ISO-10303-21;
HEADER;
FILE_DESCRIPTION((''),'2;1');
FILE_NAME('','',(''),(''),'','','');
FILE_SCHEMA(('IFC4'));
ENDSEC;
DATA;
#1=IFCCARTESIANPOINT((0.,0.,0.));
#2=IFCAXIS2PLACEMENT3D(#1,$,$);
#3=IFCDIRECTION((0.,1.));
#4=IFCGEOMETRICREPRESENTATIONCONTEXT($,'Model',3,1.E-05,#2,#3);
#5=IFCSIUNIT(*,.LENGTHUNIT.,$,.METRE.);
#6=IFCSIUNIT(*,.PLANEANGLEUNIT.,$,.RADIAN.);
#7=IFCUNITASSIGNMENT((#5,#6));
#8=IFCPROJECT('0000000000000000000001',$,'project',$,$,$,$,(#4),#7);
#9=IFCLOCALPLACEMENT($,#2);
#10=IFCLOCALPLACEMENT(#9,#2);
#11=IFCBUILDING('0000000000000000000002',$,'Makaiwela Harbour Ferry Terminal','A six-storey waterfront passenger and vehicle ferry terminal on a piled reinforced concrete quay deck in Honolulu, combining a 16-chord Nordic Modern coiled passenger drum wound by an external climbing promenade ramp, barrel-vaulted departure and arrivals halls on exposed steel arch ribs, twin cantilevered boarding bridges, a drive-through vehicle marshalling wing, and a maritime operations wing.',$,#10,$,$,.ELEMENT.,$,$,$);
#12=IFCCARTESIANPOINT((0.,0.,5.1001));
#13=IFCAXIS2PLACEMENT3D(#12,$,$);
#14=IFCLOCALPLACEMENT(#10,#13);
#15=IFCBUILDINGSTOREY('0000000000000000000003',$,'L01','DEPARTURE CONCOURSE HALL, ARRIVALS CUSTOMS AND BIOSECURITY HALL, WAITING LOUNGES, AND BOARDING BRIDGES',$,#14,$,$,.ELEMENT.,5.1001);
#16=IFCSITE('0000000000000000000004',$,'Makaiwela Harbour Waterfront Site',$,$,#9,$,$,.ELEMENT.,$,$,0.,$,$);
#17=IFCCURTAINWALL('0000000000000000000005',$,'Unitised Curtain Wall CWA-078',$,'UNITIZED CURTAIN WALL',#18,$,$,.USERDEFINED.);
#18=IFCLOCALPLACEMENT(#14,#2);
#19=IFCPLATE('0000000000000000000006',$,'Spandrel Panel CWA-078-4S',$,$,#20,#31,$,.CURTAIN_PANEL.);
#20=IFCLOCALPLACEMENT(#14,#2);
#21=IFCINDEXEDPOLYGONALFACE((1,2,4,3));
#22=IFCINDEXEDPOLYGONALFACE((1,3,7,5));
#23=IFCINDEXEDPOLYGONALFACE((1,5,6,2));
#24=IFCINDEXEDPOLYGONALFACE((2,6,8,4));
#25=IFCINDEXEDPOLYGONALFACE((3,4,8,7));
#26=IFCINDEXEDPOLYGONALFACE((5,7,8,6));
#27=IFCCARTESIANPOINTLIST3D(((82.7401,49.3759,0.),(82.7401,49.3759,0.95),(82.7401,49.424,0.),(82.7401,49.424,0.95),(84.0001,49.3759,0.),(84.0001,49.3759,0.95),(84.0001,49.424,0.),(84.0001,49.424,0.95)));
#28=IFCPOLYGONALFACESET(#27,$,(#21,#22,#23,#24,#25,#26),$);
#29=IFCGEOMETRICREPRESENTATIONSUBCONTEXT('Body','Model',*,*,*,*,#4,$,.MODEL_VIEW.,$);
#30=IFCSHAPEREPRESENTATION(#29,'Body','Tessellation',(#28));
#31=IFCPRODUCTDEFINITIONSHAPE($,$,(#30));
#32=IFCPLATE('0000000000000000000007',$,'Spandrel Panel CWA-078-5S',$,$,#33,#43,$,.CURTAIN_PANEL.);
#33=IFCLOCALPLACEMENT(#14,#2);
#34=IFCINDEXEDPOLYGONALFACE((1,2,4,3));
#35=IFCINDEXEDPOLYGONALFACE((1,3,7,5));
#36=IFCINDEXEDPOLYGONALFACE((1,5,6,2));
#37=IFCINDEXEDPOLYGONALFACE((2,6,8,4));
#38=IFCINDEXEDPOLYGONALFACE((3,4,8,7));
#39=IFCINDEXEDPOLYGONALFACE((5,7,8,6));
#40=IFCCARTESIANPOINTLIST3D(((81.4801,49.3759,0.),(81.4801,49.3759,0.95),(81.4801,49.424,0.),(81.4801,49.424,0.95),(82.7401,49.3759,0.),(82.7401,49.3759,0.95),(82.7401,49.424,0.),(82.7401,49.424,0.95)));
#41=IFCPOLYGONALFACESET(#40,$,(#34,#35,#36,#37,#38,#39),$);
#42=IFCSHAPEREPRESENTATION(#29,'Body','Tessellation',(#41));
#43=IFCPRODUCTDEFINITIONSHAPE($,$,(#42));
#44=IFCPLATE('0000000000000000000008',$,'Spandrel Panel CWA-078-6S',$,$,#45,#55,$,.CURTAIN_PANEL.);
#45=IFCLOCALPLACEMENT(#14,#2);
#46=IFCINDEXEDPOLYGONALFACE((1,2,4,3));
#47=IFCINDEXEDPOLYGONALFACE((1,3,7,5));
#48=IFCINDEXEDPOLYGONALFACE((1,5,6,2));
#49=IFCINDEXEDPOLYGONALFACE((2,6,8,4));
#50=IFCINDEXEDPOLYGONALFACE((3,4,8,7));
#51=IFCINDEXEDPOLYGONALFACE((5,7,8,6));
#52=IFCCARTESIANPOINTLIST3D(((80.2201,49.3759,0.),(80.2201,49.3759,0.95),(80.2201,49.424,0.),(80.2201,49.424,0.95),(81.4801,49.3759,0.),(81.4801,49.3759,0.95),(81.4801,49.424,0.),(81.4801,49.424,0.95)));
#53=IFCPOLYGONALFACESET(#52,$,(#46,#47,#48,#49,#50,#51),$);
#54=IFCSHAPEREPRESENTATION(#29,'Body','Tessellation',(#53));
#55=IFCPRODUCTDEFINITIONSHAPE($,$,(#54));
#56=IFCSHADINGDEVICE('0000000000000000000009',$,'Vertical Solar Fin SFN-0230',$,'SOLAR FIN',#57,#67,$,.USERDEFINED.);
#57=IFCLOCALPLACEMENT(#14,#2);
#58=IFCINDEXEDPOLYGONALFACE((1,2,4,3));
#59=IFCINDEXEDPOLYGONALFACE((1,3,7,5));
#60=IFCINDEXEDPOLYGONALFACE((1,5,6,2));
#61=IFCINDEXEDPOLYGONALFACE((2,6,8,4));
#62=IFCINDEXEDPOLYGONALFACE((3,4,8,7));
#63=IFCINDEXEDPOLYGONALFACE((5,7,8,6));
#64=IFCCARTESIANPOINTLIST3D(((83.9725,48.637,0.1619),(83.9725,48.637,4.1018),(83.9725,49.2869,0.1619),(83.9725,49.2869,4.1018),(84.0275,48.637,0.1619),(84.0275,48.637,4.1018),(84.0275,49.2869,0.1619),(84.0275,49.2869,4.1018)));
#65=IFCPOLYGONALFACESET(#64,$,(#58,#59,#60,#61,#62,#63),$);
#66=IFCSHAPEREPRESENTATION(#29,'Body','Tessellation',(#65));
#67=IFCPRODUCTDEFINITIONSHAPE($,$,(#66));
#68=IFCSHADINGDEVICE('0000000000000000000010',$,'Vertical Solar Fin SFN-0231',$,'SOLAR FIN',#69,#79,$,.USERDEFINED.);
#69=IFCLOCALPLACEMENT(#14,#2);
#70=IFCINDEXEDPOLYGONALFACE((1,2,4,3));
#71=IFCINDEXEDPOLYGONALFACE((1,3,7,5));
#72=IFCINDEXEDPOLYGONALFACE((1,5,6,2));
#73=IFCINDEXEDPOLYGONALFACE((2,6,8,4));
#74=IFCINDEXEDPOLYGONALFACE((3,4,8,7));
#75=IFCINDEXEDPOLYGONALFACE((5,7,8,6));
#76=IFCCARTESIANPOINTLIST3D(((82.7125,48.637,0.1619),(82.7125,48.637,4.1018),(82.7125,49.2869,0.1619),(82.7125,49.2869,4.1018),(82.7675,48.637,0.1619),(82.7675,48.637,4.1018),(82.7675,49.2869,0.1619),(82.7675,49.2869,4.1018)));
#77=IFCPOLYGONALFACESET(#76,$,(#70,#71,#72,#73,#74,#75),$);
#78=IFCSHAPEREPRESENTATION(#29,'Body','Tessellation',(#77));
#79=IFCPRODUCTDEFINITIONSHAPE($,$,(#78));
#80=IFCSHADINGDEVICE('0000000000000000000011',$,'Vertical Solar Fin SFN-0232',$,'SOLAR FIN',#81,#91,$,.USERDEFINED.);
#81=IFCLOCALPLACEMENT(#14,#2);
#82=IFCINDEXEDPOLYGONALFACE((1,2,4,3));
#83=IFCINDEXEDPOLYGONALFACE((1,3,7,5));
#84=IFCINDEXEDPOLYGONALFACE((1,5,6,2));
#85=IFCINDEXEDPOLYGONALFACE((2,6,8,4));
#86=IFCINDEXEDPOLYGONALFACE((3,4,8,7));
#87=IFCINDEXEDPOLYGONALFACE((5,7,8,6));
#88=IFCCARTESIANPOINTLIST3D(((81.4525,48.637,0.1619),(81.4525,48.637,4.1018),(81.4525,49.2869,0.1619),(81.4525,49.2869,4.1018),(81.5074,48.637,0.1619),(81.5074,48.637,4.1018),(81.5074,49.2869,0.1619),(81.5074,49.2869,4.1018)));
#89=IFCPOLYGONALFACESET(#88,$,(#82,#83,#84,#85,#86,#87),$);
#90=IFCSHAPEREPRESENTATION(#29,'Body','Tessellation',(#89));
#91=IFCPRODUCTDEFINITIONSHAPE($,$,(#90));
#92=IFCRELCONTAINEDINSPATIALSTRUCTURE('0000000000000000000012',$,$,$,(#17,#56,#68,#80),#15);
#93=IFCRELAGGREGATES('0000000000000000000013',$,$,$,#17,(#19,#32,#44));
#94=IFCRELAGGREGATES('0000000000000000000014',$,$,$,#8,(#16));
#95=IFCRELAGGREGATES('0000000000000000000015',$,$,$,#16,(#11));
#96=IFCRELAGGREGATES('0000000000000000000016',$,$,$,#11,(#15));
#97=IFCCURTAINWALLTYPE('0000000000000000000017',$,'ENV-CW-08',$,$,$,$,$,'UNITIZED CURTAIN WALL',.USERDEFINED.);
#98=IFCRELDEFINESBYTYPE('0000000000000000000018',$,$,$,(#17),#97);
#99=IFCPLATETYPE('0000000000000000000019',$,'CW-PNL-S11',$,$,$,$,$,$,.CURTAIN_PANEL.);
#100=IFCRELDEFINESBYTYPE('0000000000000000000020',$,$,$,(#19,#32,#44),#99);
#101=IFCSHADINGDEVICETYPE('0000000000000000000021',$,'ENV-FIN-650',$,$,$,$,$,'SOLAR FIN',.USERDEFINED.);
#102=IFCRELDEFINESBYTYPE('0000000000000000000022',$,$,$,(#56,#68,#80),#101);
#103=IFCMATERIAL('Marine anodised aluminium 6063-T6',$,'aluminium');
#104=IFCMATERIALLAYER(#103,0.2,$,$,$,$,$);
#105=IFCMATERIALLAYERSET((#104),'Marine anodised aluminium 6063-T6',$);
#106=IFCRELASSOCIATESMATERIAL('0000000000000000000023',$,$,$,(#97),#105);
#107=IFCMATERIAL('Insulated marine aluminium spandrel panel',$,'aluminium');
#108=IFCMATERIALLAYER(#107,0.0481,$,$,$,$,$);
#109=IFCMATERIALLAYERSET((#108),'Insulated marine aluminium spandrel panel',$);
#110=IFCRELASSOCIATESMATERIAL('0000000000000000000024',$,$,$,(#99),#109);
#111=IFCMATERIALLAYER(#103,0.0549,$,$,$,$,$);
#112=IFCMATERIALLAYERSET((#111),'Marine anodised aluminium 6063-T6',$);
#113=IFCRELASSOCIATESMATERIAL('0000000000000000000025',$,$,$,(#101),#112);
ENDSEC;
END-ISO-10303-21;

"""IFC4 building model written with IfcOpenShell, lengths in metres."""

from ifc_helpers import new_model, si_unit, direction, frame, origin, origin_2d, place, context, subcontext, project, spatial, rectangle, extrude, material, layer, layer_set, type_object, element, aggregate, save


model = new_model("IFC4")

# Units and contexts
model_context = context("Model", 3, precision=1e-05, world=origin(), true_north=direction((0.0, 1.0)))
body_context = subcontext(model_context, "Body", "Model", "MODEL_VIEW")
ifc_project = project(units=[si_unit("LENGTHUNIT", "METRE"), si_unit("PLANEANGLEUNIT", "RADIAN")], contexts=[model_context])

# Site, building, storey
site_placement = place(None, origin())
site = spatial("IfcSite", under=ifc_project, at=site_placement, Name="Makaiwela Harbour Waterfront Site", CompositionType="ELEMENT", RefElevation=0.0)
building_placement = place(site_placement, origin())
building = spatial("IfcBuilding", under=site, at=building_placement, Name="Makaiwela Harbour Ferry Terminal", Description="A six-storey waterfront passenger and vehicle ferry terminal on a piled reinforced concrete quay deck in Honolulu, combining a 16-chord Nordic Modern coiled passenger drum wound by an external climbing promenade ramp, barrel-vaulted departure and arrivals halls on exposed steel arch ribs, twin cantilevered boarding bridges, a drive-through vehicle marshalling wing, and a maritime operations wing.", CompositionType="ELEMENT")
storey_placement = place(building_placement, frame((0.0, 0.0, 5.1001)))
storey = spatial("IfcBuildingStorey", under=building, at=storey_placement, Name="L01", Description="DEPARTURE CONCOURSE HALL, ARRIVALS CUSTOMS AND BIOSECURITY HALL, WAITING LOUNGES, AND BOARDING BRIDGES", CompositionType="ELEMENT", Elevation=5.1001)

# Curtain wall
ifc_material_1 = material(Name="Marine anodised aluminium 6063-T6", Category="aluminium")
ifc_layer_1 = layer(ifc_material_1, 0.2)
ifc_layer_set_1 = layer_set([ifc_layer_1], Name="Marine anodised aluminium 6063-T6")
curtain_wall_type = type_object("IfcCurtainWallType", Name="ENV-CW-08", ElementType="UNITIZED CURTAIN WALL", PredefinedType="USERDEFINED", material=ifc_layer_set_1)
curtain_wall_placement = place(storey_placement, origin())
curtain_wall = element("IfcCurtainWall", 1, at=curtain_wall_placement, inside=storey, type_object=curtain_wall_type, Name="Unitised Curtain Wall CWA-078", ObjectType="UNITIZED CURTAIN WALL", PredefinedType="USERDEFINED")

# Plates
ifc_material_2 = material(Name="Insulated marine aluminium spandrel panel", Category="aluminium")
ifc_layer_2 = layer(ifc_material_2, 0.0481)
ifc_layer_set_2 = layer_set([ifc_layer_2], Name="Insulated marine aluminium spandrel panel")
plate_type_1 = type_object("IfcPlateType", Name="CW-PNL-S11", PredefinedType="CURTAIN_PANEL", material=ifc_layer_set_2)
plate_1_placement = place(storey_placement, frame((83.3701, 49.3999, 0.0), z_axis=(0.0, 0.0, 1.0), x_axis=(-1.0, 0.0, 0.0)))
plate_1 = element("IfcPlate", 2, at=plate_1_placement, type_object=plate_type_1, Name="Spandrel Panel CWA-078-4S", PredefinedType="CURTAIN_PANEL", context=body_context, shape_type="SweptSolid", body=[
    extrude(rectangle(XDim=1.26, YDim=0.0481, at=origin_2d()), origin(), (0.0, 0.0, 1.0), 0.95),
])
plate_2_placement = place(storey_placement, frame((82.1101, 49.3999, 0.0), z_axis=(0.0, 0.0, 1.0), x_axis=(-1.0, 0.0, 0.0)))
plate_2 = element("IfcPlate", 3, at=plate_2_placement, type_object=plate_type_1, Name="Spandrel Panel CWA-078-5S", PredefinedType="CURTAIN_PANEL", context=body_context, shape_type="SweptSolid", body=[
    extrude(rectangle(XDim=1.26, YDim=0.0481, at=origin_2d()), origin(), (0.0, 0.0, 1.0), 0.95),
])
plate_3_placement = place(storey_placement, frame((80.8501, 49.3999, 0.0), z_axis=(0.0, 0.0, 1.0), x_axis=(-1.0, 0.0, 0.0)))
plate_3 = element("IfcPlate", 4, at=plate_3_placement, type_object=plate_type_1, Name="Spandrel Panel CWA-078-6S", PredefinedType="CURTAIN_PANEL", context=body_context, shape_type="SweptSolid", body=[
    extrude(rectangle(XDim=1.26, YDim=0.0481, at=origin_2d()), origin(), (0.0, 0.0, 1.0), 0.95),
])
aggregate(curtain_wall, [plate_1, plate_2, plate_3])

# Shading devices
ifc_layer_3 = layer(ifc_material_1, 0.0549)
ifc_layer_set_3 = layer_set([ifc_layer_3], Name="Marine anodised aluminium 6063-T6")
shading_device_type = type_object("IfcShadingDeviceType", Name="ENV-FIN-650", ElementType="SOLAR FIN", PredefinedType="USERDEFINED", material=ifc_layer_set_3)
for number, where, z_axis, x_axis, name in (
    (5, (84.0, 48.9619, 0.1619), (0.0, 0.0, 1.0), (0.0, -1.0, 0.0), "Vertical Solar Fin SFN-0230"),
    (6, (82.74, 48.9619, 0.1619), (0.0, 0.0, 1.0), (0.0, -1.0, 0.0), "Vertical Solar Fin SFN-0231"),
    (7, (81.48, 48.9619, 0.1619), (0.0, 0.0, 1.0), (0.0, -1.0, 0.0), "Vertical Solar Fin SFN-0232"),
):
    element("IfcShadingDevice", number, at=place(storey_placement, frame(where, z_axis=z_axis, x_axis=x_axis)), inside=storey, type_object=shading_device_type, Name=name, ObjectType="SOLAR FIN", PredefinedType="USERDEFINED", context=body_context, shape_type="SweptSolid", body=[
        extrude(rectangle(XDim=0.6499, YDim=0.0549, at=origin_2d()), origin(), (0.0, 0.0, 1.0), 3.9399),
    ])

save(model, "model.ifc")
